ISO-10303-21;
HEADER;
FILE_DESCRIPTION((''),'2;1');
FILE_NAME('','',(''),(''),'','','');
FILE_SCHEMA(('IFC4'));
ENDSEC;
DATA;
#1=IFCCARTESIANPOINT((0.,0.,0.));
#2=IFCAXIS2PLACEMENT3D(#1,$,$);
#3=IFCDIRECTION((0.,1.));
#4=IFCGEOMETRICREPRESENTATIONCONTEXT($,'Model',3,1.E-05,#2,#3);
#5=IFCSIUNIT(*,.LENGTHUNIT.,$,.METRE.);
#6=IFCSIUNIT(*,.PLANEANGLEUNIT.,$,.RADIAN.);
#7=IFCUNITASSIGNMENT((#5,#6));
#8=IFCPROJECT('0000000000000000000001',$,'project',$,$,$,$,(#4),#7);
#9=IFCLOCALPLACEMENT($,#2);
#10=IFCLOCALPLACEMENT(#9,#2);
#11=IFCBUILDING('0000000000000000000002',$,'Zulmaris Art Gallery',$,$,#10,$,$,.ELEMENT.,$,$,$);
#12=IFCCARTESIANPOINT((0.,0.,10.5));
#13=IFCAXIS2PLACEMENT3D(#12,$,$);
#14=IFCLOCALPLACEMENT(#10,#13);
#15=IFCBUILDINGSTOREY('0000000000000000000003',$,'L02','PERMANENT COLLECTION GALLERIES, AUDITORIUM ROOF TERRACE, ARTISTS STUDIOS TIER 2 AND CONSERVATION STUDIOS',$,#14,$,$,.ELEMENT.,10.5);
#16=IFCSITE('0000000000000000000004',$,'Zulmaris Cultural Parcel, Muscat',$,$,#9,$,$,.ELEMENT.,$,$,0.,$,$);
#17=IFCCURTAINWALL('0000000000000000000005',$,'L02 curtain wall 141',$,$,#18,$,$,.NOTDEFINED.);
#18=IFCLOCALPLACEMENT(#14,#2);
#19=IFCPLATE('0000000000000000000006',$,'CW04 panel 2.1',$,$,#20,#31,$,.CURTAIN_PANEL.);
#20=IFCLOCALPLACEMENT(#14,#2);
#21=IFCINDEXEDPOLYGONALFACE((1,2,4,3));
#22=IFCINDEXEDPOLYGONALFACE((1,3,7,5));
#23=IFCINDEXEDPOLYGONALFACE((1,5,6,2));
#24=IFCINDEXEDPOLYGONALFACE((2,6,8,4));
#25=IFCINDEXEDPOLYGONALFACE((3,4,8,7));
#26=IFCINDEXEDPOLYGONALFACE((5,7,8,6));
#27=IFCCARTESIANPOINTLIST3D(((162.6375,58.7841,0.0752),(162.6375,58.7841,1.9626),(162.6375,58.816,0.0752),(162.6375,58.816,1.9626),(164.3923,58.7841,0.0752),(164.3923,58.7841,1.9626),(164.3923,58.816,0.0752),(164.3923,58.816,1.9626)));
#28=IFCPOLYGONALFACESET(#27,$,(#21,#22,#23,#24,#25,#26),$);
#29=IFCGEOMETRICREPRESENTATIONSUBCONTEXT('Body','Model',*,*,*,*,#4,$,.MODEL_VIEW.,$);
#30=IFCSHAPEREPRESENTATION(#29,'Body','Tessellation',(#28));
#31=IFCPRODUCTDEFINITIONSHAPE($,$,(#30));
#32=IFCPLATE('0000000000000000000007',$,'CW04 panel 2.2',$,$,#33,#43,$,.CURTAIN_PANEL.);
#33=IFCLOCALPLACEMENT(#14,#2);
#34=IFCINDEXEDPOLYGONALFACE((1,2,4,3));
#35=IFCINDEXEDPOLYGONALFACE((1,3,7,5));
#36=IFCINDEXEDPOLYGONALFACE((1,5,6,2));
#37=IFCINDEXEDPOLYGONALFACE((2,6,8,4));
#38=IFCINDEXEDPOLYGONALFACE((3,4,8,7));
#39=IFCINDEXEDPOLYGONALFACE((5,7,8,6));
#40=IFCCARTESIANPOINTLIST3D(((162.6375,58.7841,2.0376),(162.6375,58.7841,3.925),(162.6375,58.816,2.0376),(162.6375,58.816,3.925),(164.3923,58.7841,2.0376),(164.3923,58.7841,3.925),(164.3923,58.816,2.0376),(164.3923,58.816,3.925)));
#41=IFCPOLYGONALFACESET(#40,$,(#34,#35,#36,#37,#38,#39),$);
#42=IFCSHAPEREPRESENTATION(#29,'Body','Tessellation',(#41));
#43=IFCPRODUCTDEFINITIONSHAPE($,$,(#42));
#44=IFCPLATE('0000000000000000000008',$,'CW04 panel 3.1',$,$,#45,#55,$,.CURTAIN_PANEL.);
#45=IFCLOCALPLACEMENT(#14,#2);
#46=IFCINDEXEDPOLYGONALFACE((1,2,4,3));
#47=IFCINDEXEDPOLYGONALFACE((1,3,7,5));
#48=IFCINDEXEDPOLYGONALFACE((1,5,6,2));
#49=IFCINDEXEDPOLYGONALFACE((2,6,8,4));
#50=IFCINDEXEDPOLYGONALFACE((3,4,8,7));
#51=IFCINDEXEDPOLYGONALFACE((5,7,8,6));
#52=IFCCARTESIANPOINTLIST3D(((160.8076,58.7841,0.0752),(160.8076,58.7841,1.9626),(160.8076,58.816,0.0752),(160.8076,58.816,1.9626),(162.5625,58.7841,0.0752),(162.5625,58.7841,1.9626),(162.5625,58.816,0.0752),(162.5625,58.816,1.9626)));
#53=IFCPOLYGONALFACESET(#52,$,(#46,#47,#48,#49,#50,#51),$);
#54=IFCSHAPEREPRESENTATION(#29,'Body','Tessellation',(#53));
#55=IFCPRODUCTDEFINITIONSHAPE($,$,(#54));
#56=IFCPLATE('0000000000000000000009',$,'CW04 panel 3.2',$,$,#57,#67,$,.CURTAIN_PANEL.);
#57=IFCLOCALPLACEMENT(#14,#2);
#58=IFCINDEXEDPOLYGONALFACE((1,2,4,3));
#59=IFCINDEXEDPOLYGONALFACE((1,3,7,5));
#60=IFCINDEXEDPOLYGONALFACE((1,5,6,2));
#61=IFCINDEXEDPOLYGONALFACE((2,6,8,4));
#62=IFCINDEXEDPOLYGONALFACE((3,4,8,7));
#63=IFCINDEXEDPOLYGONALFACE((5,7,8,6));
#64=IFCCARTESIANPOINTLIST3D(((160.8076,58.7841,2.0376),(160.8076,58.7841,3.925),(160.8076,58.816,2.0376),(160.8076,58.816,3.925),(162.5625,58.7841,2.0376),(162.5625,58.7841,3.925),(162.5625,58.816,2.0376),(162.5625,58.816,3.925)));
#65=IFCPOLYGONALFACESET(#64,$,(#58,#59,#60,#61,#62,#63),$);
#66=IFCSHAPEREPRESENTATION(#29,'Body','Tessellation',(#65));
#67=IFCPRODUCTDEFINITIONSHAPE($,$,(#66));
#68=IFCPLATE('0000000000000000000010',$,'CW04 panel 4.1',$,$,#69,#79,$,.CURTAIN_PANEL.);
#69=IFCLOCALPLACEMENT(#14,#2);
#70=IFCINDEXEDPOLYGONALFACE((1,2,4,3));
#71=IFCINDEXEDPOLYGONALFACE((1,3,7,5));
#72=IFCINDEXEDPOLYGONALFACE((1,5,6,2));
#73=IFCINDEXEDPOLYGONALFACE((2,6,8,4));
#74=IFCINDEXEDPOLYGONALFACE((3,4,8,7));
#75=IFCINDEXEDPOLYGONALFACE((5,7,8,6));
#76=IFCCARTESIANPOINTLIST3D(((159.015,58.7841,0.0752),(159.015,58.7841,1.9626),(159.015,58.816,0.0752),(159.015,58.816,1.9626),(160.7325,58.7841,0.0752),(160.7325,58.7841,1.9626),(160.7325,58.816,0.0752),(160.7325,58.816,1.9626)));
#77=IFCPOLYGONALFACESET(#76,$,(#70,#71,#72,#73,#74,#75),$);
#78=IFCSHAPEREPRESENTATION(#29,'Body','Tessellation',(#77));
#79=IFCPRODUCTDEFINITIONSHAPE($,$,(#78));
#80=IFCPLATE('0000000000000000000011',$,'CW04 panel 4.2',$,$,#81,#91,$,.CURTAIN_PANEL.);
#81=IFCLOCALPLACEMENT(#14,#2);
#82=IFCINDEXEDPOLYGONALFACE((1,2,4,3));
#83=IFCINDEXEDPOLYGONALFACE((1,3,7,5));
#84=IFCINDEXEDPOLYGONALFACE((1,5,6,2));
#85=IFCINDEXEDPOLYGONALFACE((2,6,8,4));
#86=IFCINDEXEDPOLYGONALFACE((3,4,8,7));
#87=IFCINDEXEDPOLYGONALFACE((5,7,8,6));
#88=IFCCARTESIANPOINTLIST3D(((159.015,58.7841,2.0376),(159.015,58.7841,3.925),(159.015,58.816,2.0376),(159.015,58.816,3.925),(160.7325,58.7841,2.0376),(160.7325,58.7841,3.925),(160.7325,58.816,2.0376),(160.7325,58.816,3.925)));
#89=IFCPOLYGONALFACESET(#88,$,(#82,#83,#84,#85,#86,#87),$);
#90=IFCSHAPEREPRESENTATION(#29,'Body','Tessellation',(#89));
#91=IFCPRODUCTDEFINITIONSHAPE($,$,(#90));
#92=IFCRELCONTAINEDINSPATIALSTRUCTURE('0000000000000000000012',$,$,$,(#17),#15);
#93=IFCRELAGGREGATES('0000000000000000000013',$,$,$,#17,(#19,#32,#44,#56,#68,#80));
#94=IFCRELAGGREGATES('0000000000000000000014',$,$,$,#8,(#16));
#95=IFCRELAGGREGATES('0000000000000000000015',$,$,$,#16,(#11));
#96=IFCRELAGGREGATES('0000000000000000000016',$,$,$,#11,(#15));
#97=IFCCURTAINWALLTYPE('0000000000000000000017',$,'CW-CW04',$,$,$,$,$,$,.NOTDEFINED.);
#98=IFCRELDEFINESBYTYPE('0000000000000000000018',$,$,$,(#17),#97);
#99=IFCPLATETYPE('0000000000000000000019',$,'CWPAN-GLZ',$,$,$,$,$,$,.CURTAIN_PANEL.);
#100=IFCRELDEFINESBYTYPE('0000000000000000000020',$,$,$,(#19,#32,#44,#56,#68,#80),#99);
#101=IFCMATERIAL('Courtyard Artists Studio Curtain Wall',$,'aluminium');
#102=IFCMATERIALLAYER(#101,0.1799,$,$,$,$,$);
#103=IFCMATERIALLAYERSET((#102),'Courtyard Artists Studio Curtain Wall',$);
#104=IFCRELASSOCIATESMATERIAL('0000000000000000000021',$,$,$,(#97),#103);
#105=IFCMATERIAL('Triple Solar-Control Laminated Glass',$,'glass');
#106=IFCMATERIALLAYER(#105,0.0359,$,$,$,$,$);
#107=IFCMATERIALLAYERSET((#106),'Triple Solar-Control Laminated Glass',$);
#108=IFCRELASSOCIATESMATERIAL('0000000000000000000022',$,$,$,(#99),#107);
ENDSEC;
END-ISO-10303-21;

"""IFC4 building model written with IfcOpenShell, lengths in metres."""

from ifc_helpers import new_model, si_unit, direction, frame, origin, origin_2d, place, context, subcontext, project, spatial, rectangle, extrude, material, layer, layer_set, type_object, element, aggregate, save


model = new_model("IFC4")

# Units and contexts
model_context = context("Model", 3, precision=1e-05, world=origin(), true_north=direction((0.0, 1.0)))
body_context = subcontext(model_context, "Body", "Model", "MODEL_VIEW")
ifc_project = project(units=[si_unit("LENGTHUNIT", "METRE"), si_unit("PLANEANGLEUNIT", "RADIAN")], contexts=[model_context])

# Site, building, storey
site_placement = place(None, origin())
site = spatial("IfcSite", under=ifc_project, at=site_placement, Name="Zulmaris Cultural Parcel, Muscat", CompositionType="ELEMENT", RefElevation=0.0)
building_placement = place(site_placement, origin())
building = spatial("IfcBuilding", under=site, at=building_placement, Name="Zulmaris Art Gallery", CompositionType="ELEMENT")
storey_placement = place(building_placement, frame((0.0, 0.0, 10.5)))
storey = spatial("IfcBuildingStorey", under=building, at=storey_placement, Name="L02", Description="PERMANENT COLLECTION GALLERIES, AUDITORIUM ROOF TERRACE, ARTISTS STUDIOS TIER 2 AND CONSERVATION STUDIOS", CompositionType="ELEMENT", Elevation=10.5)

# Shared definitions
ifc_material_1 = material(Name="Courtyard Artists Studio Curtain Wall", Category="aluminium")
ifc_layer_1 = layer(ifc_material_1, 0.1799)
ifc_layer_set_1 = layer_set([ifc_layer_1], Name="Courtyard Artists Studio Curtain Wall")
curtain_wall_type = type_object("IfcCurtainWallType", Name="CW-CW04", PredefinedType="NOTDEFINED", material=ifc_layer_set_1)

# Curtain wall
curtain_wall_1_placement = place(storey_placement, origin())
curtain_wall_1 = element("IfcCurtainWall", 1, at=curtain_wall_1_placement, inside=storey, type_object=curtain_wall_type, Name="L02 curtain wall 141", PredefinedType="NOTDEFINED")

# Plates
ifc_material_2 = material(Name="Triple Solar-Control Laminated Glass", Category="glass")
ifc_layer_2 = layer(ifc_material_2, 0.0359)
ifc_layer_set_2 = layer_set([ifc_layer_2], Name="Triple Solar-Control Laminated Glass")
plate_type = type_object("IfcPlateType", Name="CWPAN-GLZ", PredefinedType="CURTAIN_PANEL", material=ifc_layer_set_2)
plate_1_placement = place(storey_placement, frame((163.5149, 58.8, 0.0752), z_axis=(0.0, 0.0, 1.0), x_axis=(-1.0, 0.0, 0.0)))
plate_1 = element("IfcPlate", 2, at=plate_1_placement, type_object=plate_type, Name="CW04 panel 2.1", PredefinedType="CURTAIN_PANEL", context=body_context, shape_type="SweptSolid", body=[
    extrude(rectangle(XDim=1.7549, YDim=0.032, at=origin_2d()), origin(), (0.0, 0.0, 1.0), 1.8875),
])
plate_2_placement = place(storey_placement, frame((163.5149, 58.8, 2.0376), z_axis=(0.0, 0.0, 1.0), x_axis=(-1.0, 0.0, 0.0)))
plate_2 = element("IfcPlate", 3, at=plate_2_placement, type_object=plate_type, Name="CW04 panel 2.2", PredefinedType="CURTAIN_PANEL", context=body_context, shape_type="SweptSolid", body=[
    extrude(rectangle(XDim=1.7549, YDim=0.032, at=origin_2d()), origin(), (0.0, 0.0, 1.0), 1.8875),
])
plate_3_placement = place(storey_placement, frame((161.6851, 58.8, 0.0752), z_axis=(0.0, 0.0, 1.0), x_axis=(-1.0, 0.0, 0.0)))
plate_3 = element("IfcPlate", 4, at=plate_3_placement, type_object=plate_type, Name="CW04 panel 3.1", PredefinedType="CURTAIN_PANEL", context=body_context, shape_type="SweptSolid", body=[
    extrude(rectangle(XDim=1.7549, YDim=0.032, at=origin_2d()), origin(), (0.0, 0.0, 1.0), 1.8875),
])
plate_4_placement = place(storey_placement, frame((161.6851, 58.8, 2.0376), z_axis=(0.0, 0.0, 1.0), x_axis=(-1.0, 0.0, 0.0)))
plate_4 = element("IfcPlate", 5, at=plate_4_placement, type_object=plate_type, Name="CW04 panel 3.2", PredefinedType="CURTAIN_PANEL", context=body_context, shape_type="SweptSolid", body=[
    extrude(rectangle(XDim=1.7549, YDim=0.032, at=origin_2d()), origin(), (0.0, 0.0, 1.0), 1.8875),
])
plate_5_placement = place(storey_placement, frame((159.8738, 58.8, 0.0752), z_axis=(0.0, 0.0, 1.0), x_axis=(-1.0, 0.0, 0.0)))
plate_5 = element("IfcPlate", 6, at=plate_5_placement, type_object=plate_type, Name="CW04 panel 4.1", PredefinedType="CURTAIN_PANEL", context=body_context, shape_type="SweptSolid", body=[
    extrude(rectangle(XDim=1.7175, YDim=0.032, at=origin_2d()), origin(), (0.0, 0.0, 1.0), 1.8875),
])
plate_6_placement = place(storey_placement, frame((159.8738, 58.8, 2.0376), z_axis=(0.0, 0.0, 1.0), x_axis=(-1.0, 0.0, 0.0)))
plate_6 = element("IfcPlate", 7, at=plate_6_placement, type_object=plate_type, Name="CW04 panel 4.2", PredefinedType="CURTAIN_PANEL", context=body_context, shape_type="SweptSolid", body=[
    extrude(rectangle(XDim=1.7175, YDim=0.032, at=origin_2d()), origin(), (0.0, 0.0, 1.0), 1.8875),
])
aggregate(curtain_wall_1, [plate_1, plate_2, plate_3, plate_4, plate_5, plate_6])

save(model, "model.ifc")
